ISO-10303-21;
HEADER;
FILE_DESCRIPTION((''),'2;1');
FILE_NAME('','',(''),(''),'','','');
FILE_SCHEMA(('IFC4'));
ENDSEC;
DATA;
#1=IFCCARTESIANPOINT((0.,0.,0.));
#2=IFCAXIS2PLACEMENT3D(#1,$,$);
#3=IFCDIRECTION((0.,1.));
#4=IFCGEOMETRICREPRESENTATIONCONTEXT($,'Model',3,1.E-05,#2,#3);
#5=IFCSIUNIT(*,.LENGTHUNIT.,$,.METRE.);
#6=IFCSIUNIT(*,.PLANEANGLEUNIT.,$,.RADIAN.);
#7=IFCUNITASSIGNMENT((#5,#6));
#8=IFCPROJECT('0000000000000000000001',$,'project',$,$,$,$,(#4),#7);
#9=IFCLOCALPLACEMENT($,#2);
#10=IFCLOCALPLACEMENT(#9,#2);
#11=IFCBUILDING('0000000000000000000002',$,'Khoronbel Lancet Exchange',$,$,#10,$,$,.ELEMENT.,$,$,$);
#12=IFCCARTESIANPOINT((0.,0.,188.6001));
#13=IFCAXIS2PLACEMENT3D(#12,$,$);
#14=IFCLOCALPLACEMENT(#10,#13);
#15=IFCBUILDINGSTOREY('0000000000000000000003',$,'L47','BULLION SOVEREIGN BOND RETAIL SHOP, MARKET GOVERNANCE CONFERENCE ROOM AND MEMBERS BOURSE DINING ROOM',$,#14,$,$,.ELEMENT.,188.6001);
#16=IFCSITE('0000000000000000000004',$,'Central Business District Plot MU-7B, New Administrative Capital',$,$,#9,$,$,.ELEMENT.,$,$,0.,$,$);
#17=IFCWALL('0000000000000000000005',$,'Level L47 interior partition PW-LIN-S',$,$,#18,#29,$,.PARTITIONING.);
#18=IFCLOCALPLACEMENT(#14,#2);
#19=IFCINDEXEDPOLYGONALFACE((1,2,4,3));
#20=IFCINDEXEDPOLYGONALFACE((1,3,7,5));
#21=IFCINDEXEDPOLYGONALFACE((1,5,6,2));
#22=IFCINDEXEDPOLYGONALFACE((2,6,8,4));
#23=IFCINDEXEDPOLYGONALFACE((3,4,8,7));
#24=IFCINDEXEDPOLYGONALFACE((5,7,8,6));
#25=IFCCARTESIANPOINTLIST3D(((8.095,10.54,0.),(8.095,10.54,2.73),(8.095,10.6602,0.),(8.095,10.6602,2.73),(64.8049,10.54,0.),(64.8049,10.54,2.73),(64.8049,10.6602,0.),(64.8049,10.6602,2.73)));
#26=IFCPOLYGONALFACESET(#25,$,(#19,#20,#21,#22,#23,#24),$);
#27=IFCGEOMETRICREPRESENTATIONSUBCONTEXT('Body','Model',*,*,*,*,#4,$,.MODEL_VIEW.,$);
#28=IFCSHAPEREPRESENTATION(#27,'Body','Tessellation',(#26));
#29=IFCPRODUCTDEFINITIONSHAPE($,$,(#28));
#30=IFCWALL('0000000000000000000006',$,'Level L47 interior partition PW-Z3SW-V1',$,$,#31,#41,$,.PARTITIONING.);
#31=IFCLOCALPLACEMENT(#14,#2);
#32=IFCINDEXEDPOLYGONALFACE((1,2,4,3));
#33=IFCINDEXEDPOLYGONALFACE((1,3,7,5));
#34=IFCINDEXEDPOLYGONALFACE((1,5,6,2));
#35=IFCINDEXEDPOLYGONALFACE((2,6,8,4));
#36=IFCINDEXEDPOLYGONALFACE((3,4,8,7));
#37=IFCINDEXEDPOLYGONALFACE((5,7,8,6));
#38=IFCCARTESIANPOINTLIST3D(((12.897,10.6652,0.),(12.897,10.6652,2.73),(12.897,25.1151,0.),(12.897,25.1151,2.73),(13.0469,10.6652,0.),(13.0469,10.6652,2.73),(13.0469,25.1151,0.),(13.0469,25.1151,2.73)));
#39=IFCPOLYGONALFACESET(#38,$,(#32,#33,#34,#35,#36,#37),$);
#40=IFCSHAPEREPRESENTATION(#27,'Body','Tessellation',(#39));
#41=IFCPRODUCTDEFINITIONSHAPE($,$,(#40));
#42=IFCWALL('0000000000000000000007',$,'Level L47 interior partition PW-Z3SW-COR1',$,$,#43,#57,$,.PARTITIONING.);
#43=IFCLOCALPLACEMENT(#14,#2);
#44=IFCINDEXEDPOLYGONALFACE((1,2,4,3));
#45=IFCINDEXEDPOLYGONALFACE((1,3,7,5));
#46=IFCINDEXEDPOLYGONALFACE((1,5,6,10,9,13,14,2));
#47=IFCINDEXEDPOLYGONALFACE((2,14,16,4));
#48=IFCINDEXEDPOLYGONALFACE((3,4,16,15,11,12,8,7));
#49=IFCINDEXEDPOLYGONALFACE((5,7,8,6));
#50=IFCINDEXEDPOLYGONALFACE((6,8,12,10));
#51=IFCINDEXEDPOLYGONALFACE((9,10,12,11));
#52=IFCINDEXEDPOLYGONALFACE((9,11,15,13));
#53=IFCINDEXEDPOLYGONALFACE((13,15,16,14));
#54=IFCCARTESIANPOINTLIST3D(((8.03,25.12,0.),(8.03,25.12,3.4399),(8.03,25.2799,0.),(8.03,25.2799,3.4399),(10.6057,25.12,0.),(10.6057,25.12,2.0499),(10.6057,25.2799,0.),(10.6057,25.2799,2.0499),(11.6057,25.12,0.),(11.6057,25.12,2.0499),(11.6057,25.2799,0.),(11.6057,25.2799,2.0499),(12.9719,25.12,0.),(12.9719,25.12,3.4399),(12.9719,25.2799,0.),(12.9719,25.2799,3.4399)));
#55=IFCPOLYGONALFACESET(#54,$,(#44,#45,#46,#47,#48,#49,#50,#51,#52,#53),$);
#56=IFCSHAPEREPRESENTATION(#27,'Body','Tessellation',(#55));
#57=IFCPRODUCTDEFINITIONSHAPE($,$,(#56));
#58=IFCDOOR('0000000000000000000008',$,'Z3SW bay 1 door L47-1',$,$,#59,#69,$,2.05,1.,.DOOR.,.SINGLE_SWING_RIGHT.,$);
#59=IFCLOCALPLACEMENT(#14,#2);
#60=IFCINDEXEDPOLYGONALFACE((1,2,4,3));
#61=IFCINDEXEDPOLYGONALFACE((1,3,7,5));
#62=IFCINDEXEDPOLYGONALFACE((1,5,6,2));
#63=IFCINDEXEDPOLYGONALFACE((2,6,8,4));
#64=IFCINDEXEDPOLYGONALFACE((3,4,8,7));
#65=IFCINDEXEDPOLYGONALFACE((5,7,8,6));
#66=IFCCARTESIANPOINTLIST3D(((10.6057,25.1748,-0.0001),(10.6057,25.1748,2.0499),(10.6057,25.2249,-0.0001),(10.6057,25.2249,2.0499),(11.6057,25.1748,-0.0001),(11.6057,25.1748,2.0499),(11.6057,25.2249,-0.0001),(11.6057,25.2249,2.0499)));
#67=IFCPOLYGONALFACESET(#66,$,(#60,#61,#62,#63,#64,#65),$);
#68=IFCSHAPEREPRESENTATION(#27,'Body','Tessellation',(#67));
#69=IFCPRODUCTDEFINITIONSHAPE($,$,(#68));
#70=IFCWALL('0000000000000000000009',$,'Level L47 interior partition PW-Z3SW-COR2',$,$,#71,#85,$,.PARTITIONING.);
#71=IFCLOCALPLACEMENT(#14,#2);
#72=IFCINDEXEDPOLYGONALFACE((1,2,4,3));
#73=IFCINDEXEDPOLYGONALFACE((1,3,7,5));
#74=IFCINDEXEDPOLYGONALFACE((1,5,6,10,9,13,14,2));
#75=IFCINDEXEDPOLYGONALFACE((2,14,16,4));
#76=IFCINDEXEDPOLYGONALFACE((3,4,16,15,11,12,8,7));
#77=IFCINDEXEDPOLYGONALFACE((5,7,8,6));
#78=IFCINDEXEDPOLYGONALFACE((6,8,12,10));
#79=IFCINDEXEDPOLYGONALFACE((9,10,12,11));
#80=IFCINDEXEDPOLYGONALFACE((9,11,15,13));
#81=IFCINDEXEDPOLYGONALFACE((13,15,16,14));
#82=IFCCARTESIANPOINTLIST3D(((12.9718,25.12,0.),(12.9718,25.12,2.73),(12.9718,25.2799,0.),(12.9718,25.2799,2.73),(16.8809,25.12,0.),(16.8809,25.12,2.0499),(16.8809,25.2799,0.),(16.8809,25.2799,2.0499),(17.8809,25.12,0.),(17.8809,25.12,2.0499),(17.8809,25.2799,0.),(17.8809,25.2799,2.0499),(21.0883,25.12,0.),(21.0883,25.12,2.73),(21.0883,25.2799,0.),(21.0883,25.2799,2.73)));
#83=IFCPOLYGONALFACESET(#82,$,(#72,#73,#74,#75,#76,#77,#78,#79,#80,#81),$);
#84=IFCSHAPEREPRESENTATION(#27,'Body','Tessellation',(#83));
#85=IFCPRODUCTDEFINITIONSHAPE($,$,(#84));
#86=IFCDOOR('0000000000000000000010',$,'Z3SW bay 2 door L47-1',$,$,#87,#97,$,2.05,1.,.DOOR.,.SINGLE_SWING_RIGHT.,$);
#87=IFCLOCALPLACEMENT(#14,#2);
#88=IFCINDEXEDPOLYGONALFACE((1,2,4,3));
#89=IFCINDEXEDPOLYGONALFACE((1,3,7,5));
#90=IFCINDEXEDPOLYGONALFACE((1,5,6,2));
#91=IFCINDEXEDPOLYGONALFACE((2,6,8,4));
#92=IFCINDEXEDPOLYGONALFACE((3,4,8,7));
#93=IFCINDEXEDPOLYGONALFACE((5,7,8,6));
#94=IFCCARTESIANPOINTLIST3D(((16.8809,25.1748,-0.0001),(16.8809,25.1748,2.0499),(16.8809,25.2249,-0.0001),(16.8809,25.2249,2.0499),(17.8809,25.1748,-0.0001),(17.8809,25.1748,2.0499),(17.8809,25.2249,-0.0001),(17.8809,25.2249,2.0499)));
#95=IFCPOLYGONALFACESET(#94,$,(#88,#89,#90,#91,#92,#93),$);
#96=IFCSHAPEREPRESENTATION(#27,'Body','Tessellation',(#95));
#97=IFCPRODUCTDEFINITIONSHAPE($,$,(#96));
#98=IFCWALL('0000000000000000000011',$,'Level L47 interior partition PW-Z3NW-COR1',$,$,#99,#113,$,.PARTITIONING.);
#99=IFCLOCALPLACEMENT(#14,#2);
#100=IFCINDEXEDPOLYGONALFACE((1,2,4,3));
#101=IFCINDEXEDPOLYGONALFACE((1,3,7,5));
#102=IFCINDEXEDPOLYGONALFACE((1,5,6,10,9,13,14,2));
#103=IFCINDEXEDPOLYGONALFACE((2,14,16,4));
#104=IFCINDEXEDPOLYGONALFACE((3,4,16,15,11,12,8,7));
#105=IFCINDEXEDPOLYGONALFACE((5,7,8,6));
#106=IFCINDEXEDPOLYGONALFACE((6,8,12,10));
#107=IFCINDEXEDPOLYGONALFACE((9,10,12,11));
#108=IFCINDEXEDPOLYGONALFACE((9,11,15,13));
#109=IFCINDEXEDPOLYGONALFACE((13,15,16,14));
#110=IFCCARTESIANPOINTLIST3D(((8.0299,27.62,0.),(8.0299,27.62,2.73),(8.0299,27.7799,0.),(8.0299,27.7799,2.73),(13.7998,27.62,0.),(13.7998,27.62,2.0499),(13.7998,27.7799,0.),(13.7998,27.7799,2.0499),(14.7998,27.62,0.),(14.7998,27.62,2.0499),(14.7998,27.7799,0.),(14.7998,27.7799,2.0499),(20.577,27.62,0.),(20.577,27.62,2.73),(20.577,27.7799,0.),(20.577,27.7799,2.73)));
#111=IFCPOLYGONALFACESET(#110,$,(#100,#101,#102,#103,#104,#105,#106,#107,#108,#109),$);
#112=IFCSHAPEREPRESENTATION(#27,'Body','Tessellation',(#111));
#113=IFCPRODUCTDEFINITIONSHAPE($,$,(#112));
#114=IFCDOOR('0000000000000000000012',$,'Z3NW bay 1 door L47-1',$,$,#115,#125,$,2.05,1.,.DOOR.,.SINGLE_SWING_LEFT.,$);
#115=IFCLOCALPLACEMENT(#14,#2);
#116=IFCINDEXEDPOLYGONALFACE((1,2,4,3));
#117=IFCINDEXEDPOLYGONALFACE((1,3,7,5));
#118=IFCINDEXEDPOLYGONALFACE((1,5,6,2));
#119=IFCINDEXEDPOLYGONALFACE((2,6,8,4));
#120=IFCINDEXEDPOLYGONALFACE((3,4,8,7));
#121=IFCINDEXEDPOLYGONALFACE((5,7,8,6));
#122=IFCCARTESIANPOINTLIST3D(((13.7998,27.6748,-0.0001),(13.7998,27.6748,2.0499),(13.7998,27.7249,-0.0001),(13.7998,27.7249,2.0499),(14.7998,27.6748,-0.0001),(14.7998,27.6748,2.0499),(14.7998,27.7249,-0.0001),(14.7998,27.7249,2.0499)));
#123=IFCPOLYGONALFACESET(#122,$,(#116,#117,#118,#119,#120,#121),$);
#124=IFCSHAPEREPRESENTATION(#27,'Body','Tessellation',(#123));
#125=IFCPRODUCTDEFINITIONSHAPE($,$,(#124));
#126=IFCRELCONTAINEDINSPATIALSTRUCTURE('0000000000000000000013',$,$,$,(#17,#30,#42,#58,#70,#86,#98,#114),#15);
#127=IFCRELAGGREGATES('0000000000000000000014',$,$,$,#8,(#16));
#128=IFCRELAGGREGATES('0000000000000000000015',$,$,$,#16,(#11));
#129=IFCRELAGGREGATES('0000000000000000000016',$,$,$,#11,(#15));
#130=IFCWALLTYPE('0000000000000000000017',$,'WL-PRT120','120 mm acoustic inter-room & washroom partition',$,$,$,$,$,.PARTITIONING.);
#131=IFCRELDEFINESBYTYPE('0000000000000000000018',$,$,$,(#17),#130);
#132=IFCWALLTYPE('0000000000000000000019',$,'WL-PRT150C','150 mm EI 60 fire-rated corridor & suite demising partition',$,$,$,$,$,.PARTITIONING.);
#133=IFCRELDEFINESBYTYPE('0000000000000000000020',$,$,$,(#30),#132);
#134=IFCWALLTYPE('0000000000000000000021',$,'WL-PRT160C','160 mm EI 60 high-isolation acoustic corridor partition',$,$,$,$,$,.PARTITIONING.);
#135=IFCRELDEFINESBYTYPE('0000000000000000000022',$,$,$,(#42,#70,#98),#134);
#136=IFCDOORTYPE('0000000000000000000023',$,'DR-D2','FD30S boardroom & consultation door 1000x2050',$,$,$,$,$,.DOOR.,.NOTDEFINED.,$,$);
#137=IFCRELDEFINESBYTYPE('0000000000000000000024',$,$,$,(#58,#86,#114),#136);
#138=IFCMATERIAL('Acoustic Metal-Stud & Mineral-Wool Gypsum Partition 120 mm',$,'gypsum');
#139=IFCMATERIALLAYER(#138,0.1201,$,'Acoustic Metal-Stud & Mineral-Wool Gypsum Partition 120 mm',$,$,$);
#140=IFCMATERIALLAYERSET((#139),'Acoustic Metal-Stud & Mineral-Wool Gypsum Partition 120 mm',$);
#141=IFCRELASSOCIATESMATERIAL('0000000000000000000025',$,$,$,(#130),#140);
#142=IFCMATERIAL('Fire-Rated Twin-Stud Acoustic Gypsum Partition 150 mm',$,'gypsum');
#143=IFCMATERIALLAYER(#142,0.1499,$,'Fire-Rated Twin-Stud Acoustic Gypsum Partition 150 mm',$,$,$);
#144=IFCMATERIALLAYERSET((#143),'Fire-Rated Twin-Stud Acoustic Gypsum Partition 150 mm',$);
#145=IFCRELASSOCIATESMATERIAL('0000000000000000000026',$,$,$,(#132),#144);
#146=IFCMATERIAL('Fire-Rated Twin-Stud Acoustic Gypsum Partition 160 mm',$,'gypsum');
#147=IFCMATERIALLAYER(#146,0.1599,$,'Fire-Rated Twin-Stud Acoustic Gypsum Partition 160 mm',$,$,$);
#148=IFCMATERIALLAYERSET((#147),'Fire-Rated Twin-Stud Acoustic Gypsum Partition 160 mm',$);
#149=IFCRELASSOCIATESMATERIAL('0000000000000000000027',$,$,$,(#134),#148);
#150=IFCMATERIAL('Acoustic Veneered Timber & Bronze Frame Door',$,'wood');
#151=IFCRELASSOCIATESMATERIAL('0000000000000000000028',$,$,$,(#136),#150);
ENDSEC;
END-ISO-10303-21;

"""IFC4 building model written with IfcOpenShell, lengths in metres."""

from ifc_helpers import new_model, si_unit, direction, frame, frame_2d, origin, place, context, subcontext, project, spatial, rectangle, extrude, material, layer, layer_set, type_object, element, fill, save


model = new_model("IFC4")

# Units and contexts
model_context = context("Model", 3, precision=1e-05, world=origin(), true_north=direction((0.0, 1.0)))
body_context = subcontext(model_context, "Body", "Model", "MODEL_VIEW")
ifc_project = project(units=[si_unit("LENGTHUNIT", "METRE"), si_unit("PLANEANGLEUNIT", "RADIAN")], contexts=[model_context])

# Site, building, storey
site_placement = place(None, origin())
site = spatial("IfcSite", under=ifc_project, at=site_placement, Name="Central Business District Plot MU-7B, New Administrative Capital", CompositionType="ELEMENT", RefElevation=0.0)
building_placement = place(site_placement, origin())
building = spatial("IfcBuilding", under=site, at=building_placement, Name="Khoronbel Lancet Exchange", CompositionType="ELEMENT")
storey_placement = place(building_placement, frame((0.0, 0.0, 188.6001)))
storey = spatial("IfcBuildingStorey", under=building, at=storey_placement, Name="L47", Description="BULLION SOVEREIGN BOND RETAIL SHOP, MARKET GOVERNANCE CONFERENCE ROOM AND MEMBERS BOURSE DINING ROOM", CompositionType="ELEMENT", Elevation=188.6001)

# Shared definitions
ifc_material_1 = material(Name="Acoustic Metal-Stud & Mineral-Wool Gypsum Partition 120 mm", Category="gypsum")
ifc_layer_1 = layer(ifc_material_1, 0.1201, Name="Acoustic Metal-Stud & Mineral-Wool Gypsum Partition 120 mm")
ifc_layer_set_1 = layer_set([ifc_layer_1], Name="Acoustic Metal-Stud & Mineral-Wool Gypsum Partition 120 mm")
wall_type_1 = type_object("IfcWallType", Name="WL-PRT120", Description="120 mm acoustic inter-room & washroom partition", PredefinedType="PARTITIONING", material=ifc_layer_set_1)

# Walls
wall_1_placement = place(storey_placement, frame((8.095, 10.6001, 0.0), z_axis=(0.0, 0.0, 1.0), x_axis=(1.0, 0.0, 0.0)))
element("IfcWall", 1, at=wall_1_placement, inside=storey, type_object=wall_type_1, Name="Level L47 interior partition PW-LIN-S", PredefinedType="PARTITIONING", context=body_context, shape_type="SweptSolid", body=[
    extrude(rectangle(XDim=56.71, YDim=0.1201, at=frame_2d((28.355, 0.0))), origin(), (0.0, 0.0, 1.0), 2.73),
])
ifc_material_2 = material(Name="Fire-Rated Twin-Stud Acoustic Gypsum Partition 150 mm", Category="gypsum")
ifc_layer_2 = layer(ifc_material_2, 0.1499, Name="Fire-Rated Twin-Stud Acoustic Gypsum Partition 150 mm")
ifc_layer_set_2 = layer_set([ifc_layer_2], Name="Fire-Rated Twin-Stud Acoustic Gypsum Partition 150 mm")
wall_type_2 = type_object("IfcWallType", Name="WL-PRT150C", Description="150 mm EI 60 fire-rated corridor & suite demising partition", PredefinedType="PARTITIONING", material=ifc_layer_set_2)
wall_2_placement = place(storey_placement, frame((12.9719, 10.665, 0.0), z_axis=(0.0, 0.0, 1.0), x_axis=(0.0, 1.0, 0.0)))
element("IfcWall", 2, at=wall_2_placement, inside=storey, type_object=wall_type_2, Name="Level L47 interior partition PW-Z3SW-V1", PredefinedType="PARTITIONING", context=body_context, shape_type="SweptSolid", body=[
    extrude(rectangle(XDim=14.45, YDim=0.1499, at=frame_2d((7.2251, 0.0))), origin(), (0.0, 0.0, 1.0), 2.73),
])

# Walls, openings, doors
ifc_material_3 = material(Name="Fire-Rated Twin-Stud Acoustic Gypsum Partition 160 mm", Category="gypsum")
ifc_layer_3 = layer(ifc_material_3, 0.1599, Name="Fire-Rated Twin-Stud Acoustic Gypsum Partition 160 mm")
ifc_layer_set_3 = layer_set([ifc_layer_3], Name="Fire-Rated Twin-Stud Acoustic Gypsum Partition 160 mm")
wall_type_3 = type_object("IfcWallType", Name="WL-PRT160C", Description="160 mm EI 60 high-isolation acoustic corridor partition", PredefinedType="PARTITIONING", material=ifc_layer_set_3)
wall_3_placement = place(storey_placement, frame((8.03, 25.2, 0.0), z_axis=(0.0, 0.0, 1.0), x_axis=(1.0, 0.0, 0.0)))
wall_3 = element("IfcWall", 3, at=wall_3_placement, inside=storey, type_object=wall_type_3, Name="Level L47 interior partition PW-Z3SW-COR1", PredefinedType="PARTITIONING", context=body_context, shape_type="SweptSolid", body=[
    extrude(rectangle(XDim=4.9419, YDim=0.1599, at=frame_2d((2.4709, 0.0))), origin(), (0.0, 0.0, 1.0), 3.4399),
])
opening_1_placement = place(wall_3_placement, frame((2.5757, 0.0, 0.0)))
opening_1 = element("IfcOpeningElement", 4, at=opening_1_placement, cuts=wall_3, PredefinedType="OPENING", context=body_context, shape_type="SweptSolid", body=[
    extrude(rectangle(XDim=1.0, YDim=2.05, at=frame_2d((0.5, 1.0249))), frame((0.0, 0.0898, 0.0), z_axis=(0.0, -1.0, 0.0), x_axis=(1.0, 0.0, 0.0)), (0.0, 0.0, 1.0), 0.1799),
])
ifc_material_4 = material(Name="Acoustic Veneered Timber & Bronze Frame Door", Category="wood")
door_type_1 = type_object("IfcDoorType", Name="DR-D2", Description="FD30S boardroom & consultation door 1000x2050", OperationType="NOTDEFINED", PredefinedType="DOOR", material=ifc_material_4)
door_1_placement = place(opening_1_placement, origin())
door_1 = element("IfcDoor", 5, at=door_1_placement, inside=storey, type_object=door_type_1, Name="Z3SW bay 1 door L47-1", OperationType="SINGLE_SWING_RIGHT", OverallHeight=2.05, OverallWidth=1.0, PredefinedType="DOOR", context=body_context, shape_type="SweptSolid", body=[
    extrude(rectangle(XDim=1.0, YDim=2.05, at=frame_2d((0.5, 1.0249))), frame((0.0, 0.0249, 0.0), z_axis=(0.0, -1.0, 0.0), x_axis=(1.0, 0.0, 0.0)), (0.0, 0.0, 1.0), 0.05),
])
fill(opening_1, door_1)
wall_4_placement = place(storey_placement, frame((12.9719, 25.2, 0.0), z_axis=(0.0, 0.0, 1.0), x_axis=(1.0, 0.0, 0.0)))
wall_4 = element("IfcWall", 6, at=wall_4_placement, inside=storey, type_object=wall_type_3, Name="Level L47 interior partition PW-Z3SW-COR2", PredefinedType="PARTITIONING", context=body_context, shape_type="SweptSolid", body=[
    extrude(rectangle(XDim=8.1165, YDim=0.1599, at=frame_2d((4.0581, 0.0))), origin(), (0.0, 0.0, 1.0), 2.73),
])
opening_2_placement = place(wall_4_placement, frame((3.9089, 0.0, 0.0)))
opening_2 = element("IfcOpeningElement", 7, at=opening_2_placement, cuts=wall_4, PredefinedType="OPENING", context=body_context, shape_type="SweptSolid", body=[
    extrude(rectangle(XDim=1.0, YDim=2.05, at=frame_2d((0.5, 1.0249))), frame((0.0, 0.0898, 0.0), z_axis=(0.0, -1.0, 0.0), x_axis=(1.0, 0.0, 0.0)), (0.0, 0.0, 1.0), 0.1799),
])
door_2_placement = place(opening_2_placement, origin())
door_2 = element("IfcDoor", 8, at=door_2_placement, inside=storey, type_object=door_type_1, Name="Z3SW bay 2 door L47-1", OperationType="SINGLE_SWING_RIGHT", OverallHeight=2.05, OverallWidth=1.0, PredefinedType="DOOR", context=body_context, shape_type="SweptSolid", body=[
    extrude(rectangle(XDim=1.0, YDim=2.05, at=frame_2d((0.5, 1.0249))), frame((0.0, 0.0249, 0.0), z_axis=(0.0, -1.0, 0.0), x_axis=(1.0, 0.0, 0.0)), (0.0, 0.0, 1.0), 0.05),
])
fill(opening_2, door_2)
wall_5_placement = place(storey_placement, frame((8.03, 27.7, 0.0), z_axis=(0.0, 0.0, 1.0), x_axis=(1.0, 0.0, 0.0)))
wall_5 = element("IfcWall", 9, at=wall_5_placement, inside=storey, type_object=wall_type_3, Name="Level L47 interior partition PW-Z3NW-COR1", PredefinedType="PARTITIONING", context=body_context, shape_type="SweptSolid", body=[
    extrude(rectangle(XDim=12.5471, YDim=0.1599, at=frame_2d((6.2734, 0.0))), origin(), (0.0, 0.0, 1.0), 2.73),
])
opening_3_placement = place(wall_5_placement, frame((5.7698, 0.0, 0.0)))
opening_3 = element("IfcOpeningElement", 10, at=opening_3_placement, cuts=wall_5, PredefinedType="OPENING", context=body_context, shape_type="SweptSolid", body=[
    extrude(rectangle(XDim=1.0, YDim=2.05, at=frame_2d((0.5, 1.0249))), frame((0.0, 0.0898, 0.0), z_axis=(0.0, -1.0, 0.0), x_axis=(1.0, 0.0, 0.0)), (0.0, 0.0, 1.0), 0.1799),
])
door_3_placement = place(opening_3_placement, origin())
door_3 = element("IfcDoor", 11, at=door_3_placement, inside=storey, type_object=door_type_1, Name="Z3NW bay 1 door L47-1", OperationType="SINGLE_SWING_LEFT", OverallHeight=2.05, OverallWidth=1.0, PredefinedType="DOOR", context=body_context, shape_type="SweptSolid", body=[
    extrude(rectangle(XDim=1.0, YDim=2.05, at=frame_2d((0.5, 1.0249))), frame((0.0, 0.0249, 0.0), z_axis=(0.0, -1.0, 0.0), x_axis=(1.0, 0.0, 0.0)), (0.0, 0.0, 1.0), 0.05),
])
fill(opening_3, door_3)

save(model, "model.ifc")
